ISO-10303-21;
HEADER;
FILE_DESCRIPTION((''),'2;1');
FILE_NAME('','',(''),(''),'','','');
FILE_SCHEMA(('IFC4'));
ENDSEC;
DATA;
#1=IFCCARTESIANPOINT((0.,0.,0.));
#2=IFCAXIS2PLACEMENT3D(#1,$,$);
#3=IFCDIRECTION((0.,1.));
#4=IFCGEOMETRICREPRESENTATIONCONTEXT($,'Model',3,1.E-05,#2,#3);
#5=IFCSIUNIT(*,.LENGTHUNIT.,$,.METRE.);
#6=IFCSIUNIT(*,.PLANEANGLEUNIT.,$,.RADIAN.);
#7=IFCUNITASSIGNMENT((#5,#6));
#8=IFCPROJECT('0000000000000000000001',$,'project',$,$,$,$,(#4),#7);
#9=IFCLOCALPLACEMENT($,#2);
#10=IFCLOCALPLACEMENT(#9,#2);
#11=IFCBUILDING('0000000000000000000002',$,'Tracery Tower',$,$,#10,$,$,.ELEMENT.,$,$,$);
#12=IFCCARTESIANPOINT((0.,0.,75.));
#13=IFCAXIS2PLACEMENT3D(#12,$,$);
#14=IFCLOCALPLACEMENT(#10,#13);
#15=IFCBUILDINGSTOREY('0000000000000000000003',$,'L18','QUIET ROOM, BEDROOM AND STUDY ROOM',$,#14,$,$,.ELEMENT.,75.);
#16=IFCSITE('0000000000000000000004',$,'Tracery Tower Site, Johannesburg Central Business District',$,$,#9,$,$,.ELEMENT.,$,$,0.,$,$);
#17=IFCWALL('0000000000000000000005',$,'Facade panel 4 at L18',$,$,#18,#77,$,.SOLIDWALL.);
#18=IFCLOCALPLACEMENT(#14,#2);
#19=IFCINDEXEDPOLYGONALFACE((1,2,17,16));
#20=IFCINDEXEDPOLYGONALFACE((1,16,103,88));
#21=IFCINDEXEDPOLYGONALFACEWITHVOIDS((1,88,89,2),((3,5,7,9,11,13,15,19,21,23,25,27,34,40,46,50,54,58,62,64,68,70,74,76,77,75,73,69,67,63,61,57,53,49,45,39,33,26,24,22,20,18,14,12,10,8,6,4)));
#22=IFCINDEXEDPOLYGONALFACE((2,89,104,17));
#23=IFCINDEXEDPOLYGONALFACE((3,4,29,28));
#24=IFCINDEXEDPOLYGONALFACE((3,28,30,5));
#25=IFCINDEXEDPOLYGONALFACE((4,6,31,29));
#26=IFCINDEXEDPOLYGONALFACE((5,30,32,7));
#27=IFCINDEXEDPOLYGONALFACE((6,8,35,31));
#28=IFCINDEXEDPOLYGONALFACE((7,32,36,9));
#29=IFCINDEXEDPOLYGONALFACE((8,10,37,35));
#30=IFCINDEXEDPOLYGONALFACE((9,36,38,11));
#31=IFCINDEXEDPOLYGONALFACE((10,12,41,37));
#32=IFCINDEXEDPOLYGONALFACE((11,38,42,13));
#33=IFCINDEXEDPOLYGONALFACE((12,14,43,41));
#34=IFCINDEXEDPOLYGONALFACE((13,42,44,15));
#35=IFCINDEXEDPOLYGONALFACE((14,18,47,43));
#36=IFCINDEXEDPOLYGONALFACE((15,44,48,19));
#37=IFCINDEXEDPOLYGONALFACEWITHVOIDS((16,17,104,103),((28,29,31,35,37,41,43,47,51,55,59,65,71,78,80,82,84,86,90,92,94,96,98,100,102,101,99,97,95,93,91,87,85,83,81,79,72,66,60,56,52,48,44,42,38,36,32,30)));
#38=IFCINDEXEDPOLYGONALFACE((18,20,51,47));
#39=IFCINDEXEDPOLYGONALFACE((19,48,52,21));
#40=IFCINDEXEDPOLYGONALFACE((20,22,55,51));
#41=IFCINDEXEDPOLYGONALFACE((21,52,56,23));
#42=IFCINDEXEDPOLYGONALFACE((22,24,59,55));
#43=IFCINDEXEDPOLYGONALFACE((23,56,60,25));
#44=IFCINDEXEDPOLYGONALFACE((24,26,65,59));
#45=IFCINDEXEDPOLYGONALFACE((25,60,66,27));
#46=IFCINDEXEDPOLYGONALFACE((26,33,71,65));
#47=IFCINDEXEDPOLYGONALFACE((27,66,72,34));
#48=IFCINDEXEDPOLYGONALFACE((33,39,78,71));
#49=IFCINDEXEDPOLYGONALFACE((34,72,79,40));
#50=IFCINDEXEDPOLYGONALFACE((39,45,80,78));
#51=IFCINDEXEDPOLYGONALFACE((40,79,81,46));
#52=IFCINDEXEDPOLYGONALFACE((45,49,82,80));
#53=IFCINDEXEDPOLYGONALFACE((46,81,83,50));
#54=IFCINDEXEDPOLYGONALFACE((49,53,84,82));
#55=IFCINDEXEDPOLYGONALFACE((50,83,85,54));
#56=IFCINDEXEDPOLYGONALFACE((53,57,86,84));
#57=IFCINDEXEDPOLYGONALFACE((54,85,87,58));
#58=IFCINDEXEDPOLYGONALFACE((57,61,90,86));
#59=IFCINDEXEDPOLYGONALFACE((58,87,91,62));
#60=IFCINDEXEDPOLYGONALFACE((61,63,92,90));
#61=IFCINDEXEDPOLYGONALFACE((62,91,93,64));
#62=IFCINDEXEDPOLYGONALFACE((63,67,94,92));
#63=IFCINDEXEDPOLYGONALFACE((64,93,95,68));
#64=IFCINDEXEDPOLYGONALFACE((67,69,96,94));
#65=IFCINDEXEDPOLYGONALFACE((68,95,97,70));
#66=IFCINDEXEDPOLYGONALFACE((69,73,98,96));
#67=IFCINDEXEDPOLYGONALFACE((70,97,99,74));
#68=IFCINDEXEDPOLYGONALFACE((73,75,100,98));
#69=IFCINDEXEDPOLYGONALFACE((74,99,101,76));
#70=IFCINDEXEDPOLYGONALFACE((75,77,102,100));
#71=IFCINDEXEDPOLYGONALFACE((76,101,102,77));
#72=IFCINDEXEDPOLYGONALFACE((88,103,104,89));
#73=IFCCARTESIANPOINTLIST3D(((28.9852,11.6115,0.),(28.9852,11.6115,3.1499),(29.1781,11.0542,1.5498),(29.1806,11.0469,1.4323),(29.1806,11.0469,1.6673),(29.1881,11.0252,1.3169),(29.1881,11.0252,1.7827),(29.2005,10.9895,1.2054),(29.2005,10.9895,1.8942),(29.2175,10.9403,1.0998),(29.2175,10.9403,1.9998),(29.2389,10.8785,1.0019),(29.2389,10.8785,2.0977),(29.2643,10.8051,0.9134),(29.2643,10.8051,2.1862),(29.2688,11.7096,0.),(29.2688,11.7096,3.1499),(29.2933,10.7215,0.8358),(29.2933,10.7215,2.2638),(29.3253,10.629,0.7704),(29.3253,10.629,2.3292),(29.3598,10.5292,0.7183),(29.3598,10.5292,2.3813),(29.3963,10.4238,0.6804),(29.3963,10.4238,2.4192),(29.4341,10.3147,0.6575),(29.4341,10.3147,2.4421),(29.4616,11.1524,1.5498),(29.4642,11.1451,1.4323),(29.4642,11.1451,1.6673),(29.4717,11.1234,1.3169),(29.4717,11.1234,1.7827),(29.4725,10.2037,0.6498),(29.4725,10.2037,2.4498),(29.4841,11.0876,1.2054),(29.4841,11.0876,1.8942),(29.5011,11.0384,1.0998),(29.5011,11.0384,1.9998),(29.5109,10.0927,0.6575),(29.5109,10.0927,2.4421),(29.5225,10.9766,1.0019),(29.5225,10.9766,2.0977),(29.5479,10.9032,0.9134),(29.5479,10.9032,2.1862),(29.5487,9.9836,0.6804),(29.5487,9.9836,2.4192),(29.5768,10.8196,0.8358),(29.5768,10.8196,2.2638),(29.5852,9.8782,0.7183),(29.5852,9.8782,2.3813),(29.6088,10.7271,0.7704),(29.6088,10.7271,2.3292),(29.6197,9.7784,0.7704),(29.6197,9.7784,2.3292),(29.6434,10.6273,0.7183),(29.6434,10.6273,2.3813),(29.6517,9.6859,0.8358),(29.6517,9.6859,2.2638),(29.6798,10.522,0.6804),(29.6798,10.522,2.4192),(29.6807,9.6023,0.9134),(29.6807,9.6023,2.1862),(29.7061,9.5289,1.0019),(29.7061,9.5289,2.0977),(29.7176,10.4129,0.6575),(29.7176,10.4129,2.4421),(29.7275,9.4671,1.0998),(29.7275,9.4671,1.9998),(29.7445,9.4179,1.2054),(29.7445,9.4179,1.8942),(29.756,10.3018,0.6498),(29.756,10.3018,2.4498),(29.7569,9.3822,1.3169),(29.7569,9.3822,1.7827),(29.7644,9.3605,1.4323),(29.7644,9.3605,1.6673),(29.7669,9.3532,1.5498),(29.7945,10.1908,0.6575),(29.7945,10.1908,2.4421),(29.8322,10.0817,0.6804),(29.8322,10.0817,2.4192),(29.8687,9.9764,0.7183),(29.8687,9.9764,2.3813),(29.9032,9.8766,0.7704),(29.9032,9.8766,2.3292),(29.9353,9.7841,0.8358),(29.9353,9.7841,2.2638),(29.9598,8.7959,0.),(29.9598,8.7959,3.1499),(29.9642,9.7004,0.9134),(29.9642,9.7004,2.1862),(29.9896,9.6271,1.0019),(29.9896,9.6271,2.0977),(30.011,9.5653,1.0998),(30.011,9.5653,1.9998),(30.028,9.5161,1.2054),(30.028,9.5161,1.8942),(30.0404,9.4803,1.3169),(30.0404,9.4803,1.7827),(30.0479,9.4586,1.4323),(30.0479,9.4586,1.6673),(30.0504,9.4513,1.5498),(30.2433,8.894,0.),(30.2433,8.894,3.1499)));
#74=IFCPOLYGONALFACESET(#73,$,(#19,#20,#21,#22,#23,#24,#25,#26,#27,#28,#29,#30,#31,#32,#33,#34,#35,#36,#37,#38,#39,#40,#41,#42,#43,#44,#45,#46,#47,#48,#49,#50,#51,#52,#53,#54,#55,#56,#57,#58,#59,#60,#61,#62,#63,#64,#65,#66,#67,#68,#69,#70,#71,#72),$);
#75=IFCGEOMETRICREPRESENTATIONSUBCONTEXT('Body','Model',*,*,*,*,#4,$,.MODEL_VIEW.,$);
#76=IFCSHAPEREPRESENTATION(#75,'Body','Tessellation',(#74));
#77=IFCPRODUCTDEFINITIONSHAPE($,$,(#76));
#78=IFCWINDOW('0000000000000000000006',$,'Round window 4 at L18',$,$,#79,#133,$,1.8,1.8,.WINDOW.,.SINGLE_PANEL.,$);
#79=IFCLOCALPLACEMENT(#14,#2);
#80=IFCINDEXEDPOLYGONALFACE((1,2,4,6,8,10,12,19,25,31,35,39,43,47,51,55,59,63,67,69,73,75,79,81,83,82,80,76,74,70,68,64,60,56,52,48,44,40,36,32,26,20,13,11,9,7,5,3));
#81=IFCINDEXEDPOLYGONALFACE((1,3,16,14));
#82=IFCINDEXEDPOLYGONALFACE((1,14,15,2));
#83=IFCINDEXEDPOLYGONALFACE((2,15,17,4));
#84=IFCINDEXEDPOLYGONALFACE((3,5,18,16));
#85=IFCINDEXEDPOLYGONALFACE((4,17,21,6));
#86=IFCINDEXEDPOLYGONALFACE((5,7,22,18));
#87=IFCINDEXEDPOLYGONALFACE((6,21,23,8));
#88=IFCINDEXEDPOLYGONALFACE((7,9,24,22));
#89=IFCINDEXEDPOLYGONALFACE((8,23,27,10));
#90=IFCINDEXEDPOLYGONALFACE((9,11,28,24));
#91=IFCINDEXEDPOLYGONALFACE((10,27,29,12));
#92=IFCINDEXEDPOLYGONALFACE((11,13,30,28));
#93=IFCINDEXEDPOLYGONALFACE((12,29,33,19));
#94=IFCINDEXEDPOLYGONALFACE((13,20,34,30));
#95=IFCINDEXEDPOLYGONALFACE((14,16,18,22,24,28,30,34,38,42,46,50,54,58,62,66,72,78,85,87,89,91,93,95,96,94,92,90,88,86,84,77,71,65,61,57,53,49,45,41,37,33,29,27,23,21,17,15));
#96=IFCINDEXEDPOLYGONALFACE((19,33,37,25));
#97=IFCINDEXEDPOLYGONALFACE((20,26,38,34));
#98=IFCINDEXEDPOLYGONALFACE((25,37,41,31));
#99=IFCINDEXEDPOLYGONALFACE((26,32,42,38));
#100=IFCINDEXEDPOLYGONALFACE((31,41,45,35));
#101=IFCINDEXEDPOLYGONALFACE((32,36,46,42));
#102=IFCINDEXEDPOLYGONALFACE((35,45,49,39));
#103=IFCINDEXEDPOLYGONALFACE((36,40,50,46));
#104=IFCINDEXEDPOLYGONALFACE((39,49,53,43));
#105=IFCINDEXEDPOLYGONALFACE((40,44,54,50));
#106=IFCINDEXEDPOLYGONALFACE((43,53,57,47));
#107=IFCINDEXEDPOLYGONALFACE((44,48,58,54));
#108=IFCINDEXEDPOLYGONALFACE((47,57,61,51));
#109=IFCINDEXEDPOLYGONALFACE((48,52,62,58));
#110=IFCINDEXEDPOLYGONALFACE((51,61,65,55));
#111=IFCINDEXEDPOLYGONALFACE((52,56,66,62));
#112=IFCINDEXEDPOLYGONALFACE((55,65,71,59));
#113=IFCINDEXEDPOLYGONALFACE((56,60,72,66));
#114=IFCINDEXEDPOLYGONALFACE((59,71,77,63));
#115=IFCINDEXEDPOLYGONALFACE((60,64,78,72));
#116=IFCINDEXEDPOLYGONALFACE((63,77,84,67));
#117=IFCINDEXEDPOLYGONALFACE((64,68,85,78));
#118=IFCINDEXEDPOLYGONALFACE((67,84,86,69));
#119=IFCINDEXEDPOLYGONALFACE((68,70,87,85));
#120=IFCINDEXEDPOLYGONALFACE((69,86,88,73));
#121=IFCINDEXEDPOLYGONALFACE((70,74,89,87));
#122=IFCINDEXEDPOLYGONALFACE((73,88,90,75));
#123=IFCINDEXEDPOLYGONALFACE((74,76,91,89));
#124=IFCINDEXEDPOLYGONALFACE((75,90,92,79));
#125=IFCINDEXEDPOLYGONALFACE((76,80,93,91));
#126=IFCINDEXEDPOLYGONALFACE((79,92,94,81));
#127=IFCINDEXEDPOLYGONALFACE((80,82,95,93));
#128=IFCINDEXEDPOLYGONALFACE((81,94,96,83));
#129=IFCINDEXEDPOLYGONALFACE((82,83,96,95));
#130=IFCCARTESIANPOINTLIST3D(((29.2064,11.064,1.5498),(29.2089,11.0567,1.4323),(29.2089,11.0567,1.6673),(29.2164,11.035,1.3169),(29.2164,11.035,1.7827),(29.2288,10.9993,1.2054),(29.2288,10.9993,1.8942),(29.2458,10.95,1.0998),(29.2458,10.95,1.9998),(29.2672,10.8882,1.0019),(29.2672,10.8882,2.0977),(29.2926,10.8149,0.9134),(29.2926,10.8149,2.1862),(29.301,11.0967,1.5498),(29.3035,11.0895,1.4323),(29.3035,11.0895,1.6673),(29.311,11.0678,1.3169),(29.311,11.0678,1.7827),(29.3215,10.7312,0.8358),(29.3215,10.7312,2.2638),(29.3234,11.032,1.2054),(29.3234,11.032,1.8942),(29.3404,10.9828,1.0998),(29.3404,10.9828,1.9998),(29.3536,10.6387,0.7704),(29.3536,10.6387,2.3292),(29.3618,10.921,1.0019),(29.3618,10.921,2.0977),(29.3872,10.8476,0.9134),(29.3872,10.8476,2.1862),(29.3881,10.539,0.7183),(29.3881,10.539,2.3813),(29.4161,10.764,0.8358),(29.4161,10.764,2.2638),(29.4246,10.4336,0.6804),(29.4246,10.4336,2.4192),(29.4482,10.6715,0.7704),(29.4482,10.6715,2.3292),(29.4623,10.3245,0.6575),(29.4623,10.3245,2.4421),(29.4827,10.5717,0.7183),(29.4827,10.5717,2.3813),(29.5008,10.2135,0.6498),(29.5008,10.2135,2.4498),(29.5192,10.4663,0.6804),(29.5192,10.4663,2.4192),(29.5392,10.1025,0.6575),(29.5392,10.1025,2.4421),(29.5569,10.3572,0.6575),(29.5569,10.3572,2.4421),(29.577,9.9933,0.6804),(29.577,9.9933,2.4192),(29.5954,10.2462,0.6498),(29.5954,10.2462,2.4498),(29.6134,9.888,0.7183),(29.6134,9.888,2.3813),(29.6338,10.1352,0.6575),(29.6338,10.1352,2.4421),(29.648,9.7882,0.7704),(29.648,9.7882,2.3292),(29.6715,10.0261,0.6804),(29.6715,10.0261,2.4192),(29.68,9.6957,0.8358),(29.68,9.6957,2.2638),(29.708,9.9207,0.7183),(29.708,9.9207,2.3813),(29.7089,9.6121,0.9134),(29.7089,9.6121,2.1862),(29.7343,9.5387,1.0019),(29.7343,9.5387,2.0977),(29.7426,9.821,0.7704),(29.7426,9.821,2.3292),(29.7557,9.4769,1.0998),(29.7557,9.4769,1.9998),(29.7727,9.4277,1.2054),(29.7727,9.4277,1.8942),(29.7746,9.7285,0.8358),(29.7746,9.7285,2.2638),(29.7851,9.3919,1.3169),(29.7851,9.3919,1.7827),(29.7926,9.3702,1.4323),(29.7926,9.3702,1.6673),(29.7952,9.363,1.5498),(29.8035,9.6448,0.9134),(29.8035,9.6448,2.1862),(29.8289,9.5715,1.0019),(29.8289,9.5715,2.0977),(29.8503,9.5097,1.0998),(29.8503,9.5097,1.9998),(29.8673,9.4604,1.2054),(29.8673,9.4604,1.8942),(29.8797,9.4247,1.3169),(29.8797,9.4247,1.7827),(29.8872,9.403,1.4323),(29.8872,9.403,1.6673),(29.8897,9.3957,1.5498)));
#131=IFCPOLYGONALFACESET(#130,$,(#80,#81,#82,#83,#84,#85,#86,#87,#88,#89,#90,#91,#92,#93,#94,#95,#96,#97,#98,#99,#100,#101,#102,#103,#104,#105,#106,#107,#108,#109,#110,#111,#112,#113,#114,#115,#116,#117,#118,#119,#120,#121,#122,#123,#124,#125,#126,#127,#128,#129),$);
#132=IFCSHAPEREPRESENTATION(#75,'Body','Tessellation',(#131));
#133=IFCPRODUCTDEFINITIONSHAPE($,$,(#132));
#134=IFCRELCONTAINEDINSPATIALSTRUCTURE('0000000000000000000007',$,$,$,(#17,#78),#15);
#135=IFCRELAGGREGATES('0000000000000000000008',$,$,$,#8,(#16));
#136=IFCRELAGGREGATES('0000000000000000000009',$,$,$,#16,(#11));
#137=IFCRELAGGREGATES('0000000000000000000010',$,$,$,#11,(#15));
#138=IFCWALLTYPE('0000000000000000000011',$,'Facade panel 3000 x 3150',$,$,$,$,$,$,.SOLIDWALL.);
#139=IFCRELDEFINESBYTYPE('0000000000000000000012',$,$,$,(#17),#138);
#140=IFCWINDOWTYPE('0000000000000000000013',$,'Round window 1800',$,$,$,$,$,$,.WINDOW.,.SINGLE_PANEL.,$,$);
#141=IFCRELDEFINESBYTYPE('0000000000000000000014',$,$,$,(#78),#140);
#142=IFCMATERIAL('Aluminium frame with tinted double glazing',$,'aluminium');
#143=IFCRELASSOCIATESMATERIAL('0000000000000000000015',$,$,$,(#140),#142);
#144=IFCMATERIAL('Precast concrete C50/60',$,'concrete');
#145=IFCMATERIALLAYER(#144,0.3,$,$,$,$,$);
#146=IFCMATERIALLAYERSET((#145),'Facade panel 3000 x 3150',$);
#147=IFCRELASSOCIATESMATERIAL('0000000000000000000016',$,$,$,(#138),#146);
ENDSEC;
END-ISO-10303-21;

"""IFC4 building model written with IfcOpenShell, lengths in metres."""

from ifc_helpers import new_model, si_unit, direction, frame, frame_2d, origin, origin_2d, place, context, subcontext, project, spatial, rectangle, circle, extrude, material, layer, layer_set, type_object, element, fill, save


model = new_model("IFC4")

# Units and contexts
model_context = context("Model", 3, precision=1e-05, world=origin(), true_north=direction((0.0, 1.0)))
body_context = subcontext(model_context, "Body", "Model", "MODEL_VIEW")
ifc_project = project(units=[si_unit("LENGTHUNIT", "METRE"), si_unit("PLANEANGLEUNIT", "RADIAN")], contexts=[model_context])

# Site, building, storey
site_placement = place(None, origin())
site = spatial("IfcSite", under=ifc_project, at=site_placement, Name="Tracery Tower Site, Johannesburg Central Business District", CompositionType="ELEMENT", RefElevation=0.0)
building_placement = place(site_placement, origin())
building = spatial("IfcBuilding", under=site, at=building_placement, Name="Tracery Tower", CompositionType="ELEMENT")
storey_placement = place(building_placement, frame((0.0, 0.0, 75.0)))
storey = spatial("IfcBuildingStorey", under=building, at=storey_placement, Name="L18", Description="QUIET ROOM, BEDROOM AND STUDY ROOM", CompositionType="ELEMENT", Elevation=75.0)

# Wall, opening, window
ifc_material_1 = material(Name="Aluminium frame with tinted double glazing", Category="aluminium")
window_type = type_object("IfcWindowType", Name="Round window 1800", PartitioningType="SINGLE_PANEL", PredefinedType="WINDOW", material=ifc_material_1)
ifc_material_2 = material(Name="Precast concrete C50/60", Category="concrete")
ifc_layer_1 = layer(ifc_material_2, 0.3)
ifc_layer_set_1 = layer_set([ifc_layer_1], Name="Facade panel 3000 x 3150")
wall_type_1 = type_object("IfcWallType", Name="Facade panel 3000 x 3150", PredefinedType="SOLIDWALL", material=ifc_layer_set_1)
wall_1_placement = place(storey_placement, frame((30.1016, 8.845, 0.0), z_axis=(0.0, 0.0, 1.0), x_axis=(-0.327096, 0.944991, 0.0)))
wall_1 = element("IfcWall", 1, at=wall_1_placement, inside=storey, type_object=wall_type_1, Name="Facade panel 4 at L18", PredefinedType="SOLIDWALL", context=body_context, shape_type="SweptSolid", body=[
    extrude(rectangle(XDim=2.9795, YDim=0.3, at=frame_2d((1.4897, 0.0))), origin(), (0.0, 0.0, 1.0), 3.1499),
])
opening_1_placement = place(wall_1_placement, frame((1.4897, 0.0, 1.5498)))
opening_1 = element("IfcOpeningElement", 2, at=opening_1_placement, cuts=wall_1, PredefinedType="OPENING", context=body_context, shape_type="SweptSolid", body=[
    extrude(circle(Radius=0.9, at=origin_2d()), frame((0.0, 0.1599, 0.0), z_axis=(0.0, -1.0, 0.0), x_axis=(1.0, 0.0, 0.0)), (0.0, 0.0, 1.0), 0.3201),
])
window_1_placement = place(opening_1_placement, origin())
window_1 = element("IfcWindow", 3, at=window_1_placement, inside=storey, type_object=window_type, Name="Round window 4 at L18", OverallHeight=1.8, OverallWidth=1.8, PartitioningType="SINGLE_PANEL", PredefinedType="WINDOW", context=body_context, shape_type="SweptSolid", body=[
    extrude(circle(Radius=0.9, at=origin_2d()), frame((0.0, 0.1201, 0.0), z_axis=(0.0, -1.0, 0.0), x_axis=(1.0, 0.0, 0.0)), (0.0, 0.0, 1.0), 0.1001),
])
fill(opening_1, window_1)

save(model, "model.ifc")
